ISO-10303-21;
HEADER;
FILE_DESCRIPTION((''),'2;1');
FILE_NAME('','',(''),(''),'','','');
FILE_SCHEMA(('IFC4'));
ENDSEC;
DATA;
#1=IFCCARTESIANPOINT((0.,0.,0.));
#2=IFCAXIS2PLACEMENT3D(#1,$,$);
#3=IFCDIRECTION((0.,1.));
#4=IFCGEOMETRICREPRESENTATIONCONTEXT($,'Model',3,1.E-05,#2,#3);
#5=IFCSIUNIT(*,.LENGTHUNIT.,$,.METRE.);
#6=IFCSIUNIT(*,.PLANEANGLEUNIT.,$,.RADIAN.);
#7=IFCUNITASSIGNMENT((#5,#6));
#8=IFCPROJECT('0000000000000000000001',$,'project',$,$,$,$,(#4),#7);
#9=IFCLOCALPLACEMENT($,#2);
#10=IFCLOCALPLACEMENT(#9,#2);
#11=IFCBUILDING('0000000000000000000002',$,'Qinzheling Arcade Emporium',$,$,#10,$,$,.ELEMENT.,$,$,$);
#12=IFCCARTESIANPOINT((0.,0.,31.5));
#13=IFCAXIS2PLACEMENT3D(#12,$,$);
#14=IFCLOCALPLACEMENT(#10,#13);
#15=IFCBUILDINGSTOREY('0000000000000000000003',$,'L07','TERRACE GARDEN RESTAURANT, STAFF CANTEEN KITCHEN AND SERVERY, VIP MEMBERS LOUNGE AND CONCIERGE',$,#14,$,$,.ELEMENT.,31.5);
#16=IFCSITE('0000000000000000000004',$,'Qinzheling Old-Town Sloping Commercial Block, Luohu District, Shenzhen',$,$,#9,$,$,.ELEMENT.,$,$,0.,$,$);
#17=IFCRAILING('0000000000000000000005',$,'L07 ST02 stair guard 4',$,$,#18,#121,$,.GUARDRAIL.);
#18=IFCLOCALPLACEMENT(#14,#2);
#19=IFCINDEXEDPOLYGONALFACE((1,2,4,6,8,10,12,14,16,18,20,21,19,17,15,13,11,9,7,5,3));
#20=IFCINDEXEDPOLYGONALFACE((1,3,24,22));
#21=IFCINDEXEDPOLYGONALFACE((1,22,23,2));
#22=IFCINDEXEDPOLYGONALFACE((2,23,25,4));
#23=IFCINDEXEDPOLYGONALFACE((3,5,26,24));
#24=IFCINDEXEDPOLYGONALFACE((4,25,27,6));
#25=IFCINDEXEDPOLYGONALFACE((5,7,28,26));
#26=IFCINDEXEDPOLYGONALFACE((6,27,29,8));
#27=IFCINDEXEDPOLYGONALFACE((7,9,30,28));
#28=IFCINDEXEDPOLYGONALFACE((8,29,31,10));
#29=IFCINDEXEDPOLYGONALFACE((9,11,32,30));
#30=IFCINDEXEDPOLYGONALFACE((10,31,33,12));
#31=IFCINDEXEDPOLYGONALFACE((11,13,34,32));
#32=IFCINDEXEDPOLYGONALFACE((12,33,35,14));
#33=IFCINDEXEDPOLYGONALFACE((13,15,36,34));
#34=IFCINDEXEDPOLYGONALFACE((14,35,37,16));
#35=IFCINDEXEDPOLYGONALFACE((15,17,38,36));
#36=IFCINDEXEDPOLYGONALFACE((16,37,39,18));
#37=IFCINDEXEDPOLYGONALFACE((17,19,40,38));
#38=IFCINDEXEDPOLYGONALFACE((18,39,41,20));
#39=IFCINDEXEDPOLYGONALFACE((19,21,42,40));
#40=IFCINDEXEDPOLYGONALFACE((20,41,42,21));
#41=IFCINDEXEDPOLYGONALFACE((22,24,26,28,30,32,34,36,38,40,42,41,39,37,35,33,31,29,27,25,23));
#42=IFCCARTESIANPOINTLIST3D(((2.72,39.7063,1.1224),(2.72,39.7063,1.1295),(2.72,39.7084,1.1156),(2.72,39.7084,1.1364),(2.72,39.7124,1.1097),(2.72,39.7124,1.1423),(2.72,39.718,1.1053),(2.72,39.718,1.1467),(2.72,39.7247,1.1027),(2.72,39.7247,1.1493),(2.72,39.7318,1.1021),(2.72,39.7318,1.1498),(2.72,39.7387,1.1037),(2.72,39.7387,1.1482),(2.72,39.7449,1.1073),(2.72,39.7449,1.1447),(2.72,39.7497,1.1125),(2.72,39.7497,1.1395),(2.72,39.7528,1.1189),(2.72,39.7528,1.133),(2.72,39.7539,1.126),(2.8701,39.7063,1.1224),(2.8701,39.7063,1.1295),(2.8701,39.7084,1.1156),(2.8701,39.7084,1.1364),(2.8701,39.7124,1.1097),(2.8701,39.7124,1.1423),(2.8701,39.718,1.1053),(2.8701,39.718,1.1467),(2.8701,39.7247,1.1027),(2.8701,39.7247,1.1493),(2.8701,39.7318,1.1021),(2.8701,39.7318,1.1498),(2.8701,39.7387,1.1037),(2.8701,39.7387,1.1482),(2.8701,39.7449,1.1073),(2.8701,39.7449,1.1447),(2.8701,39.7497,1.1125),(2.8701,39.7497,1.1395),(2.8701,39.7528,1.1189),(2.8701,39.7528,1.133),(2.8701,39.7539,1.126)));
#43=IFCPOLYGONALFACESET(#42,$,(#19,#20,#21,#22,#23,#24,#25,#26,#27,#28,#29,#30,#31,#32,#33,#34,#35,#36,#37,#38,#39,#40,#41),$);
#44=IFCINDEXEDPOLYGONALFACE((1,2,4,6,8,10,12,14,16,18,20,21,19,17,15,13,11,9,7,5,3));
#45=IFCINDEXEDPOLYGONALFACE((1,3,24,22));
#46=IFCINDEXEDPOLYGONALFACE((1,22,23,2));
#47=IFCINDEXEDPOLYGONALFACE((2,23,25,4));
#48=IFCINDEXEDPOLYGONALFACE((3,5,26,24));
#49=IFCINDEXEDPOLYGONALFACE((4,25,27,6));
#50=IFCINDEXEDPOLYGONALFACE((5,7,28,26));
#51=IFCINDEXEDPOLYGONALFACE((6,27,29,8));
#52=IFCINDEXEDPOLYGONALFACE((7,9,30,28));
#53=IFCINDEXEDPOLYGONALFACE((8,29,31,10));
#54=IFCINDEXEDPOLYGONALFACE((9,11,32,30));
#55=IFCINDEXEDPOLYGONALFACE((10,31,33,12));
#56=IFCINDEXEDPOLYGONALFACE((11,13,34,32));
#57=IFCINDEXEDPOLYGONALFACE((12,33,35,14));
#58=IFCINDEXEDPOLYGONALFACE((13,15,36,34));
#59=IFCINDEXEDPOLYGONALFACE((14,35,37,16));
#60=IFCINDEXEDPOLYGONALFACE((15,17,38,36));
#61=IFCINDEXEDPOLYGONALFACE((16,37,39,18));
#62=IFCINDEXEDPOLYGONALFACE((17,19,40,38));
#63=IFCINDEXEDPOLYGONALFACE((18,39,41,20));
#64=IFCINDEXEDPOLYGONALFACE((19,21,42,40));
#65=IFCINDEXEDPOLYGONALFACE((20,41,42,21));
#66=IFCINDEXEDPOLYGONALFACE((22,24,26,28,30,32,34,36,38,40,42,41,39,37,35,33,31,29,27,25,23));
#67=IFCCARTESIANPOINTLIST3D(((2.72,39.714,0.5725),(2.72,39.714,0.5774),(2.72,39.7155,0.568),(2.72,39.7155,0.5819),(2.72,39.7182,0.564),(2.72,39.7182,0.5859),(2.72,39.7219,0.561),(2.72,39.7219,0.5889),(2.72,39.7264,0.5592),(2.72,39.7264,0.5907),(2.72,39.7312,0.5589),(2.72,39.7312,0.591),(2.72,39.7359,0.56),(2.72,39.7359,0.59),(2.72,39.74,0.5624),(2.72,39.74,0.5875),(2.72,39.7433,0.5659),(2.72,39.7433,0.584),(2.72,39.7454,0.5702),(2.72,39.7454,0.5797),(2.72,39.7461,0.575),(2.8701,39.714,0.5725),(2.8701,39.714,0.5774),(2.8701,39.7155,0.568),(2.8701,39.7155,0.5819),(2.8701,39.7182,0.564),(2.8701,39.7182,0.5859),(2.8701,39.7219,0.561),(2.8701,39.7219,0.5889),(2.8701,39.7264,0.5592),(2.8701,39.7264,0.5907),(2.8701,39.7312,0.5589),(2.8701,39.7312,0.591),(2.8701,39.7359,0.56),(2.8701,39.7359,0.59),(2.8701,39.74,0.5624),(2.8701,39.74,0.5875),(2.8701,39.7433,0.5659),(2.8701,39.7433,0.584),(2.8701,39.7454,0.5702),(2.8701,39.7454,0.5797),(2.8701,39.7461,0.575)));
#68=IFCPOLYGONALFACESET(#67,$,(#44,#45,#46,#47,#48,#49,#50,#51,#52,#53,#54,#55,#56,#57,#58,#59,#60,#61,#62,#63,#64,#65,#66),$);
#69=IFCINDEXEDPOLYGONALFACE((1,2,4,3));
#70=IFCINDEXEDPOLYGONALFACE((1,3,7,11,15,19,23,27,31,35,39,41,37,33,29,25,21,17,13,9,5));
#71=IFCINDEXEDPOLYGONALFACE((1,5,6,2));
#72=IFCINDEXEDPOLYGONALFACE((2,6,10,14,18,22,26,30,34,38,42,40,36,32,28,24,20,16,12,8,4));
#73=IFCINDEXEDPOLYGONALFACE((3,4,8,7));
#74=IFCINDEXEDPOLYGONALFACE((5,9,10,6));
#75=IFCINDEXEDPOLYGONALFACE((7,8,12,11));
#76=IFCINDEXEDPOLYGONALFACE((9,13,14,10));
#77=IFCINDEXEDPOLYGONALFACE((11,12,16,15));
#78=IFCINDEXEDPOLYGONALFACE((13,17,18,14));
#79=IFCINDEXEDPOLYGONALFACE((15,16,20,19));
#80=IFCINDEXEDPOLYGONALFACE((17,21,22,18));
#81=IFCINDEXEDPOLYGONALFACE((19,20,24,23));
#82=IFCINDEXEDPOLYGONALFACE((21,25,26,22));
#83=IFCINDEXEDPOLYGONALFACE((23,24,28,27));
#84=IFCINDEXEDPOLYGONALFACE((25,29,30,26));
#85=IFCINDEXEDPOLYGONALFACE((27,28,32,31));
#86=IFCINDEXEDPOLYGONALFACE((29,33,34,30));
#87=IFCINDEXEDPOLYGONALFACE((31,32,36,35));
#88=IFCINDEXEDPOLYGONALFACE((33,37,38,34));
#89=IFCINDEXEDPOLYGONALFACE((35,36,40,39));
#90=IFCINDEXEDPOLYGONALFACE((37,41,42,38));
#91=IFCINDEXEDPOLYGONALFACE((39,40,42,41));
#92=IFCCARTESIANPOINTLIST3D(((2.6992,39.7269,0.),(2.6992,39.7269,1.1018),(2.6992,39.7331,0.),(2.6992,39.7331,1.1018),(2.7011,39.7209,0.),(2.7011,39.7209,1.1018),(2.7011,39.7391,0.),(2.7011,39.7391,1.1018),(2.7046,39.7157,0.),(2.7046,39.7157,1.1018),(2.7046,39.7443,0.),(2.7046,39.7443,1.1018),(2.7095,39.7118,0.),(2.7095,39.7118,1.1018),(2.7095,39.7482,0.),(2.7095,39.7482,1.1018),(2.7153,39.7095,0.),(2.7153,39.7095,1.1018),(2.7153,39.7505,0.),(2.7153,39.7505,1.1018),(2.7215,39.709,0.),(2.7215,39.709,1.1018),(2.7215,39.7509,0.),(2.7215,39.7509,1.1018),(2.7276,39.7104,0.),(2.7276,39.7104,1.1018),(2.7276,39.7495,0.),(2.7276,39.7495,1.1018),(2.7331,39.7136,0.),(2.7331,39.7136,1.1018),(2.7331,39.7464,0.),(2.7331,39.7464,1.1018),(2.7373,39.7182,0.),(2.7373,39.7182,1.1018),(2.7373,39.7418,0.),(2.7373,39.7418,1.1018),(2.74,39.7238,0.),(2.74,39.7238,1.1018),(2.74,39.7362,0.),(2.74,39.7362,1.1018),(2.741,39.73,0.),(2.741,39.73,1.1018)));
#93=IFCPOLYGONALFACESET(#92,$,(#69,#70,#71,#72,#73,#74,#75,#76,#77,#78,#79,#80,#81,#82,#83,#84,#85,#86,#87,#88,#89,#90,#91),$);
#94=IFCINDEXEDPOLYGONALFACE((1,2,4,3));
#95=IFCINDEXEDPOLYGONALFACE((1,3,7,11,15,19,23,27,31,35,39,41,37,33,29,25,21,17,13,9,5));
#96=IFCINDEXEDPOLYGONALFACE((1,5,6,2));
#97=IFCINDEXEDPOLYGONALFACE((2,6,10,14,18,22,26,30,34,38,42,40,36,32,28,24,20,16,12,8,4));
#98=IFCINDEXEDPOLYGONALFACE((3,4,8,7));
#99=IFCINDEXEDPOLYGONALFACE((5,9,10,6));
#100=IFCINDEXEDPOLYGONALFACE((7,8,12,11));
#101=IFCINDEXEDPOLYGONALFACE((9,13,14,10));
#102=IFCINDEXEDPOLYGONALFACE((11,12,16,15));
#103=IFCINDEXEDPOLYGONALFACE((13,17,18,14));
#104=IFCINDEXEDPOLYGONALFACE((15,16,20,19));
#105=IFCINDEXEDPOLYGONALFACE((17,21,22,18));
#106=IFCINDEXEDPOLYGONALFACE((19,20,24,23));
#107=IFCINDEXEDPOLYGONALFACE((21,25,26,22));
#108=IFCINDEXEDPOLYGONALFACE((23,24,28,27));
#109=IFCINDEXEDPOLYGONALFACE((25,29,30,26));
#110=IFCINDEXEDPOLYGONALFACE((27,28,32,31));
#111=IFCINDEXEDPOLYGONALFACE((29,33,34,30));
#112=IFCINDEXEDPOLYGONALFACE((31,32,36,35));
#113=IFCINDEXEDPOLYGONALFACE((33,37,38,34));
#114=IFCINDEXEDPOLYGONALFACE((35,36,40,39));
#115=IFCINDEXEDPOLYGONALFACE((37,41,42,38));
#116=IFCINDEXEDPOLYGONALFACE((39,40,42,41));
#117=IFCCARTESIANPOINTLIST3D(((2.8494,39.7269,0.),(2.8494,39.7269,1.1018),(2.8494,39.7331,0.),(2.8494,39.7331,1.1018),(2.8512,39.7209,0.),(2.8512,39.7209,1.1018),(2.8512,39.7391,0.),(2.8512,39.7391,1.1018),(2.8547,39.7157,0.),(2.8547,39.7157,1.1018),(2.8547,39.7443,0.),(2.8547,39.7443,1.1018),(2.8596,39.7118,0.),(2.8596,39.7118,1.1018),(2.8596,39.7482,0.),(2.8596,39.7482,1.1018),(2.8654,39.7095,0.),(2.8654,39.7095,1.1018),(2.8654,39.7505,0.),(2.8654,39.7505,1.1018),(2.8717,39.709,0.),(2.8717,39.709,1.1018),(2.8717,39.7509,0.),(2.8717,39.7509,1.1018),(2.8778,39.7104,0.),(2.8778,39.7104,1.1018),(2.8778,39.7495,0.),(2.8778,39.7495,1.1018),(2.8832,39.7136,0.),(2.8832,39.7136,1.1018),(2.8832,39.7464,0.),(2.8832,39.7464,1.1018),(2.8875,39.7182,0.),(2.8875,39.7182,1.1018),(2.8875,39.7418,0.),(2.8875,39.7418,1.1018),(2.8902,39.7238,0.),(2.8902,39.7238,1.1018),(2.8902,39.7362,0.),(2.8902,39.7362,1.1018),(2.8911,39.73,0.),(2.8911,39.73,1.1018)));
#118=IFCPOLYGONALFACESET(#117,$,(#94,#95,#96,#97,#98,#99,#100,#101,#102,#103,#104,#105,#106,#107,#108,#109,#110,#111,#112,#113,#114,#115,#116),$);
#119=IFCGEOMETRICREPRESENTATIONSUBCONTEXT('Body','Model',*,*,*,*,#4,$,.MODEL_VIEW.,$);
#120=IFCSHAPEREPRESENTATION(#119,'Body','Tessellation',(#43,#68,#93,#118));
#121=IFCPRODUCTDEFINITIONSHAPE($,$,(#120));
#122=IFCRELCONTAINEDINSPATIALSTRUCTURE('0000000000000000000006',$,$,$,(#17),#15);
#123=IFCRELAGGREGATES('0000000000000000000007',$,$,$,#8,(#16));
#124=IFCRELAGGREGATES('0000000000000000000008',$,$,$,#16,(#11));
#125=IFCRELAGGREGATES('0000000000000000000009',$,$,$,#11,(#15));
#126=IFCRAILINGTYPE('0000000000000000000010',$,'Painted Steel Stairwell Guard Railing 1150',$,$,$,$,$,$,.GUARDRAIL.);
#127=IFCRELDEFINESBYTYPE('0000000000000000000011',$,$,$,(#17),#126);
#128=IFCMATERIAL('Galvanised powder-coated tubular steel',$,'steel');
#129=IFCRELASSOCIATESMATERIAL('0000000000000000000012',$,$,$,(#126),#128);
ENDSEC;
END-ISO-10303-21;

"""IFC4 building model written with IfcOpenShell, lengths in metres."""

from ifc_helpers import new_model, si_unit, direction, frame, origin, origin_2d, place, context, subcontext, project, spatial, circle, extrude, material, type_object, element, save


model = new_model("IFC4")

# Units and contexts
model_context = context("Model", 3, precision=1e-05, world=origin(), true_north=direction((0.0, 1.0)))
body_context = subcontext(model_context, "Body", "Model", "MODEL_VIEW")
ifc_project = project(units=[si_unit("LENGTHUNIT", "METRE"), si_unit("PLANEANGLEUNIT", "RADIAN")], contexts=[model_context])

# Site, building, storey
site_placement = place(None, origin())
site = spatial("IfcSite", under=ifc_project, at=site_placement, Name="Qinzheling Old-Town Sloping Commercial Block, Luohu District, Shenzhen", CompositionType="ELEMENT", RefElevation=0.0)
building_placement = place(site_placement, origin())
building = spatial("IfcBuilding", under=site, at=building_placement, Name="Qinzheling Arcade Emporium", CompositionType="ELEMENT")
storey_placement = place(building_placement, frame((0.0, 0.0, 31.5)))
storey = spatial("IfcBuildingStorey", under=building, at=storey_placement, Name="L07", Description="TERRACE GARDEN RESTAURANT, STAFF CANTEEN KITCHEN AND SERVERY, VIP MEMBERS LOUNGE AND CONCIERGE", CompositionType="ELEMENT", Elevation=31.5)

# Railing
ifc_material_1 = material(Name="Galvanised powder-coated tubular steel", Category="steel")
railing_type_1 = type_object("IfcRailingType", Name="Painted Steel Stairwell Guard Railing 1150", PredefinedType="GUARDRAIL", material=ifc_material_1)
railing_1_placement = place(storey_placement, frame((2.72, 39.73, 0.0)))
element("IfcRailing", 1, at=railing_1_placement, inside=storey, type_object=railing_type_1, Name="L07 ST02 stair guard 4", PredefinedType="GUARDRAIL", context=body_context, shape_type="SweptSolid", body=[
    extrude(circle(Radius=0.0239, at=origin_2d()), frame((0.0, 0.0, 1.126), z_axis=(1.0, 0.0, 0.0), x_axis=(0.0, 1.0, 0.0)), (0.0, 0.0, 1.0), 0.1501),
    extrude(circle(Radius=0.0161, at=origin_2d()), frame((0.0, 0.0, 0.575), z_axis=(1.0, 0.0, 0.0), x_axis=(0.0, 1.0, 0.0)), (0.0, 0.0, 1.0), 0.1501),
    extrude(circle(Radius=0.021, at=origin_2d()), origin(), (0.0, 0.0, 1.0), 1.1018),
    extrude(circle(Radius=0.021, at=origin_2d()), frame((0.1501, 0.0, 0.0)), (0.0, 0.0, 1.0), 1.1018),
])

save(model, "model.ifc")
